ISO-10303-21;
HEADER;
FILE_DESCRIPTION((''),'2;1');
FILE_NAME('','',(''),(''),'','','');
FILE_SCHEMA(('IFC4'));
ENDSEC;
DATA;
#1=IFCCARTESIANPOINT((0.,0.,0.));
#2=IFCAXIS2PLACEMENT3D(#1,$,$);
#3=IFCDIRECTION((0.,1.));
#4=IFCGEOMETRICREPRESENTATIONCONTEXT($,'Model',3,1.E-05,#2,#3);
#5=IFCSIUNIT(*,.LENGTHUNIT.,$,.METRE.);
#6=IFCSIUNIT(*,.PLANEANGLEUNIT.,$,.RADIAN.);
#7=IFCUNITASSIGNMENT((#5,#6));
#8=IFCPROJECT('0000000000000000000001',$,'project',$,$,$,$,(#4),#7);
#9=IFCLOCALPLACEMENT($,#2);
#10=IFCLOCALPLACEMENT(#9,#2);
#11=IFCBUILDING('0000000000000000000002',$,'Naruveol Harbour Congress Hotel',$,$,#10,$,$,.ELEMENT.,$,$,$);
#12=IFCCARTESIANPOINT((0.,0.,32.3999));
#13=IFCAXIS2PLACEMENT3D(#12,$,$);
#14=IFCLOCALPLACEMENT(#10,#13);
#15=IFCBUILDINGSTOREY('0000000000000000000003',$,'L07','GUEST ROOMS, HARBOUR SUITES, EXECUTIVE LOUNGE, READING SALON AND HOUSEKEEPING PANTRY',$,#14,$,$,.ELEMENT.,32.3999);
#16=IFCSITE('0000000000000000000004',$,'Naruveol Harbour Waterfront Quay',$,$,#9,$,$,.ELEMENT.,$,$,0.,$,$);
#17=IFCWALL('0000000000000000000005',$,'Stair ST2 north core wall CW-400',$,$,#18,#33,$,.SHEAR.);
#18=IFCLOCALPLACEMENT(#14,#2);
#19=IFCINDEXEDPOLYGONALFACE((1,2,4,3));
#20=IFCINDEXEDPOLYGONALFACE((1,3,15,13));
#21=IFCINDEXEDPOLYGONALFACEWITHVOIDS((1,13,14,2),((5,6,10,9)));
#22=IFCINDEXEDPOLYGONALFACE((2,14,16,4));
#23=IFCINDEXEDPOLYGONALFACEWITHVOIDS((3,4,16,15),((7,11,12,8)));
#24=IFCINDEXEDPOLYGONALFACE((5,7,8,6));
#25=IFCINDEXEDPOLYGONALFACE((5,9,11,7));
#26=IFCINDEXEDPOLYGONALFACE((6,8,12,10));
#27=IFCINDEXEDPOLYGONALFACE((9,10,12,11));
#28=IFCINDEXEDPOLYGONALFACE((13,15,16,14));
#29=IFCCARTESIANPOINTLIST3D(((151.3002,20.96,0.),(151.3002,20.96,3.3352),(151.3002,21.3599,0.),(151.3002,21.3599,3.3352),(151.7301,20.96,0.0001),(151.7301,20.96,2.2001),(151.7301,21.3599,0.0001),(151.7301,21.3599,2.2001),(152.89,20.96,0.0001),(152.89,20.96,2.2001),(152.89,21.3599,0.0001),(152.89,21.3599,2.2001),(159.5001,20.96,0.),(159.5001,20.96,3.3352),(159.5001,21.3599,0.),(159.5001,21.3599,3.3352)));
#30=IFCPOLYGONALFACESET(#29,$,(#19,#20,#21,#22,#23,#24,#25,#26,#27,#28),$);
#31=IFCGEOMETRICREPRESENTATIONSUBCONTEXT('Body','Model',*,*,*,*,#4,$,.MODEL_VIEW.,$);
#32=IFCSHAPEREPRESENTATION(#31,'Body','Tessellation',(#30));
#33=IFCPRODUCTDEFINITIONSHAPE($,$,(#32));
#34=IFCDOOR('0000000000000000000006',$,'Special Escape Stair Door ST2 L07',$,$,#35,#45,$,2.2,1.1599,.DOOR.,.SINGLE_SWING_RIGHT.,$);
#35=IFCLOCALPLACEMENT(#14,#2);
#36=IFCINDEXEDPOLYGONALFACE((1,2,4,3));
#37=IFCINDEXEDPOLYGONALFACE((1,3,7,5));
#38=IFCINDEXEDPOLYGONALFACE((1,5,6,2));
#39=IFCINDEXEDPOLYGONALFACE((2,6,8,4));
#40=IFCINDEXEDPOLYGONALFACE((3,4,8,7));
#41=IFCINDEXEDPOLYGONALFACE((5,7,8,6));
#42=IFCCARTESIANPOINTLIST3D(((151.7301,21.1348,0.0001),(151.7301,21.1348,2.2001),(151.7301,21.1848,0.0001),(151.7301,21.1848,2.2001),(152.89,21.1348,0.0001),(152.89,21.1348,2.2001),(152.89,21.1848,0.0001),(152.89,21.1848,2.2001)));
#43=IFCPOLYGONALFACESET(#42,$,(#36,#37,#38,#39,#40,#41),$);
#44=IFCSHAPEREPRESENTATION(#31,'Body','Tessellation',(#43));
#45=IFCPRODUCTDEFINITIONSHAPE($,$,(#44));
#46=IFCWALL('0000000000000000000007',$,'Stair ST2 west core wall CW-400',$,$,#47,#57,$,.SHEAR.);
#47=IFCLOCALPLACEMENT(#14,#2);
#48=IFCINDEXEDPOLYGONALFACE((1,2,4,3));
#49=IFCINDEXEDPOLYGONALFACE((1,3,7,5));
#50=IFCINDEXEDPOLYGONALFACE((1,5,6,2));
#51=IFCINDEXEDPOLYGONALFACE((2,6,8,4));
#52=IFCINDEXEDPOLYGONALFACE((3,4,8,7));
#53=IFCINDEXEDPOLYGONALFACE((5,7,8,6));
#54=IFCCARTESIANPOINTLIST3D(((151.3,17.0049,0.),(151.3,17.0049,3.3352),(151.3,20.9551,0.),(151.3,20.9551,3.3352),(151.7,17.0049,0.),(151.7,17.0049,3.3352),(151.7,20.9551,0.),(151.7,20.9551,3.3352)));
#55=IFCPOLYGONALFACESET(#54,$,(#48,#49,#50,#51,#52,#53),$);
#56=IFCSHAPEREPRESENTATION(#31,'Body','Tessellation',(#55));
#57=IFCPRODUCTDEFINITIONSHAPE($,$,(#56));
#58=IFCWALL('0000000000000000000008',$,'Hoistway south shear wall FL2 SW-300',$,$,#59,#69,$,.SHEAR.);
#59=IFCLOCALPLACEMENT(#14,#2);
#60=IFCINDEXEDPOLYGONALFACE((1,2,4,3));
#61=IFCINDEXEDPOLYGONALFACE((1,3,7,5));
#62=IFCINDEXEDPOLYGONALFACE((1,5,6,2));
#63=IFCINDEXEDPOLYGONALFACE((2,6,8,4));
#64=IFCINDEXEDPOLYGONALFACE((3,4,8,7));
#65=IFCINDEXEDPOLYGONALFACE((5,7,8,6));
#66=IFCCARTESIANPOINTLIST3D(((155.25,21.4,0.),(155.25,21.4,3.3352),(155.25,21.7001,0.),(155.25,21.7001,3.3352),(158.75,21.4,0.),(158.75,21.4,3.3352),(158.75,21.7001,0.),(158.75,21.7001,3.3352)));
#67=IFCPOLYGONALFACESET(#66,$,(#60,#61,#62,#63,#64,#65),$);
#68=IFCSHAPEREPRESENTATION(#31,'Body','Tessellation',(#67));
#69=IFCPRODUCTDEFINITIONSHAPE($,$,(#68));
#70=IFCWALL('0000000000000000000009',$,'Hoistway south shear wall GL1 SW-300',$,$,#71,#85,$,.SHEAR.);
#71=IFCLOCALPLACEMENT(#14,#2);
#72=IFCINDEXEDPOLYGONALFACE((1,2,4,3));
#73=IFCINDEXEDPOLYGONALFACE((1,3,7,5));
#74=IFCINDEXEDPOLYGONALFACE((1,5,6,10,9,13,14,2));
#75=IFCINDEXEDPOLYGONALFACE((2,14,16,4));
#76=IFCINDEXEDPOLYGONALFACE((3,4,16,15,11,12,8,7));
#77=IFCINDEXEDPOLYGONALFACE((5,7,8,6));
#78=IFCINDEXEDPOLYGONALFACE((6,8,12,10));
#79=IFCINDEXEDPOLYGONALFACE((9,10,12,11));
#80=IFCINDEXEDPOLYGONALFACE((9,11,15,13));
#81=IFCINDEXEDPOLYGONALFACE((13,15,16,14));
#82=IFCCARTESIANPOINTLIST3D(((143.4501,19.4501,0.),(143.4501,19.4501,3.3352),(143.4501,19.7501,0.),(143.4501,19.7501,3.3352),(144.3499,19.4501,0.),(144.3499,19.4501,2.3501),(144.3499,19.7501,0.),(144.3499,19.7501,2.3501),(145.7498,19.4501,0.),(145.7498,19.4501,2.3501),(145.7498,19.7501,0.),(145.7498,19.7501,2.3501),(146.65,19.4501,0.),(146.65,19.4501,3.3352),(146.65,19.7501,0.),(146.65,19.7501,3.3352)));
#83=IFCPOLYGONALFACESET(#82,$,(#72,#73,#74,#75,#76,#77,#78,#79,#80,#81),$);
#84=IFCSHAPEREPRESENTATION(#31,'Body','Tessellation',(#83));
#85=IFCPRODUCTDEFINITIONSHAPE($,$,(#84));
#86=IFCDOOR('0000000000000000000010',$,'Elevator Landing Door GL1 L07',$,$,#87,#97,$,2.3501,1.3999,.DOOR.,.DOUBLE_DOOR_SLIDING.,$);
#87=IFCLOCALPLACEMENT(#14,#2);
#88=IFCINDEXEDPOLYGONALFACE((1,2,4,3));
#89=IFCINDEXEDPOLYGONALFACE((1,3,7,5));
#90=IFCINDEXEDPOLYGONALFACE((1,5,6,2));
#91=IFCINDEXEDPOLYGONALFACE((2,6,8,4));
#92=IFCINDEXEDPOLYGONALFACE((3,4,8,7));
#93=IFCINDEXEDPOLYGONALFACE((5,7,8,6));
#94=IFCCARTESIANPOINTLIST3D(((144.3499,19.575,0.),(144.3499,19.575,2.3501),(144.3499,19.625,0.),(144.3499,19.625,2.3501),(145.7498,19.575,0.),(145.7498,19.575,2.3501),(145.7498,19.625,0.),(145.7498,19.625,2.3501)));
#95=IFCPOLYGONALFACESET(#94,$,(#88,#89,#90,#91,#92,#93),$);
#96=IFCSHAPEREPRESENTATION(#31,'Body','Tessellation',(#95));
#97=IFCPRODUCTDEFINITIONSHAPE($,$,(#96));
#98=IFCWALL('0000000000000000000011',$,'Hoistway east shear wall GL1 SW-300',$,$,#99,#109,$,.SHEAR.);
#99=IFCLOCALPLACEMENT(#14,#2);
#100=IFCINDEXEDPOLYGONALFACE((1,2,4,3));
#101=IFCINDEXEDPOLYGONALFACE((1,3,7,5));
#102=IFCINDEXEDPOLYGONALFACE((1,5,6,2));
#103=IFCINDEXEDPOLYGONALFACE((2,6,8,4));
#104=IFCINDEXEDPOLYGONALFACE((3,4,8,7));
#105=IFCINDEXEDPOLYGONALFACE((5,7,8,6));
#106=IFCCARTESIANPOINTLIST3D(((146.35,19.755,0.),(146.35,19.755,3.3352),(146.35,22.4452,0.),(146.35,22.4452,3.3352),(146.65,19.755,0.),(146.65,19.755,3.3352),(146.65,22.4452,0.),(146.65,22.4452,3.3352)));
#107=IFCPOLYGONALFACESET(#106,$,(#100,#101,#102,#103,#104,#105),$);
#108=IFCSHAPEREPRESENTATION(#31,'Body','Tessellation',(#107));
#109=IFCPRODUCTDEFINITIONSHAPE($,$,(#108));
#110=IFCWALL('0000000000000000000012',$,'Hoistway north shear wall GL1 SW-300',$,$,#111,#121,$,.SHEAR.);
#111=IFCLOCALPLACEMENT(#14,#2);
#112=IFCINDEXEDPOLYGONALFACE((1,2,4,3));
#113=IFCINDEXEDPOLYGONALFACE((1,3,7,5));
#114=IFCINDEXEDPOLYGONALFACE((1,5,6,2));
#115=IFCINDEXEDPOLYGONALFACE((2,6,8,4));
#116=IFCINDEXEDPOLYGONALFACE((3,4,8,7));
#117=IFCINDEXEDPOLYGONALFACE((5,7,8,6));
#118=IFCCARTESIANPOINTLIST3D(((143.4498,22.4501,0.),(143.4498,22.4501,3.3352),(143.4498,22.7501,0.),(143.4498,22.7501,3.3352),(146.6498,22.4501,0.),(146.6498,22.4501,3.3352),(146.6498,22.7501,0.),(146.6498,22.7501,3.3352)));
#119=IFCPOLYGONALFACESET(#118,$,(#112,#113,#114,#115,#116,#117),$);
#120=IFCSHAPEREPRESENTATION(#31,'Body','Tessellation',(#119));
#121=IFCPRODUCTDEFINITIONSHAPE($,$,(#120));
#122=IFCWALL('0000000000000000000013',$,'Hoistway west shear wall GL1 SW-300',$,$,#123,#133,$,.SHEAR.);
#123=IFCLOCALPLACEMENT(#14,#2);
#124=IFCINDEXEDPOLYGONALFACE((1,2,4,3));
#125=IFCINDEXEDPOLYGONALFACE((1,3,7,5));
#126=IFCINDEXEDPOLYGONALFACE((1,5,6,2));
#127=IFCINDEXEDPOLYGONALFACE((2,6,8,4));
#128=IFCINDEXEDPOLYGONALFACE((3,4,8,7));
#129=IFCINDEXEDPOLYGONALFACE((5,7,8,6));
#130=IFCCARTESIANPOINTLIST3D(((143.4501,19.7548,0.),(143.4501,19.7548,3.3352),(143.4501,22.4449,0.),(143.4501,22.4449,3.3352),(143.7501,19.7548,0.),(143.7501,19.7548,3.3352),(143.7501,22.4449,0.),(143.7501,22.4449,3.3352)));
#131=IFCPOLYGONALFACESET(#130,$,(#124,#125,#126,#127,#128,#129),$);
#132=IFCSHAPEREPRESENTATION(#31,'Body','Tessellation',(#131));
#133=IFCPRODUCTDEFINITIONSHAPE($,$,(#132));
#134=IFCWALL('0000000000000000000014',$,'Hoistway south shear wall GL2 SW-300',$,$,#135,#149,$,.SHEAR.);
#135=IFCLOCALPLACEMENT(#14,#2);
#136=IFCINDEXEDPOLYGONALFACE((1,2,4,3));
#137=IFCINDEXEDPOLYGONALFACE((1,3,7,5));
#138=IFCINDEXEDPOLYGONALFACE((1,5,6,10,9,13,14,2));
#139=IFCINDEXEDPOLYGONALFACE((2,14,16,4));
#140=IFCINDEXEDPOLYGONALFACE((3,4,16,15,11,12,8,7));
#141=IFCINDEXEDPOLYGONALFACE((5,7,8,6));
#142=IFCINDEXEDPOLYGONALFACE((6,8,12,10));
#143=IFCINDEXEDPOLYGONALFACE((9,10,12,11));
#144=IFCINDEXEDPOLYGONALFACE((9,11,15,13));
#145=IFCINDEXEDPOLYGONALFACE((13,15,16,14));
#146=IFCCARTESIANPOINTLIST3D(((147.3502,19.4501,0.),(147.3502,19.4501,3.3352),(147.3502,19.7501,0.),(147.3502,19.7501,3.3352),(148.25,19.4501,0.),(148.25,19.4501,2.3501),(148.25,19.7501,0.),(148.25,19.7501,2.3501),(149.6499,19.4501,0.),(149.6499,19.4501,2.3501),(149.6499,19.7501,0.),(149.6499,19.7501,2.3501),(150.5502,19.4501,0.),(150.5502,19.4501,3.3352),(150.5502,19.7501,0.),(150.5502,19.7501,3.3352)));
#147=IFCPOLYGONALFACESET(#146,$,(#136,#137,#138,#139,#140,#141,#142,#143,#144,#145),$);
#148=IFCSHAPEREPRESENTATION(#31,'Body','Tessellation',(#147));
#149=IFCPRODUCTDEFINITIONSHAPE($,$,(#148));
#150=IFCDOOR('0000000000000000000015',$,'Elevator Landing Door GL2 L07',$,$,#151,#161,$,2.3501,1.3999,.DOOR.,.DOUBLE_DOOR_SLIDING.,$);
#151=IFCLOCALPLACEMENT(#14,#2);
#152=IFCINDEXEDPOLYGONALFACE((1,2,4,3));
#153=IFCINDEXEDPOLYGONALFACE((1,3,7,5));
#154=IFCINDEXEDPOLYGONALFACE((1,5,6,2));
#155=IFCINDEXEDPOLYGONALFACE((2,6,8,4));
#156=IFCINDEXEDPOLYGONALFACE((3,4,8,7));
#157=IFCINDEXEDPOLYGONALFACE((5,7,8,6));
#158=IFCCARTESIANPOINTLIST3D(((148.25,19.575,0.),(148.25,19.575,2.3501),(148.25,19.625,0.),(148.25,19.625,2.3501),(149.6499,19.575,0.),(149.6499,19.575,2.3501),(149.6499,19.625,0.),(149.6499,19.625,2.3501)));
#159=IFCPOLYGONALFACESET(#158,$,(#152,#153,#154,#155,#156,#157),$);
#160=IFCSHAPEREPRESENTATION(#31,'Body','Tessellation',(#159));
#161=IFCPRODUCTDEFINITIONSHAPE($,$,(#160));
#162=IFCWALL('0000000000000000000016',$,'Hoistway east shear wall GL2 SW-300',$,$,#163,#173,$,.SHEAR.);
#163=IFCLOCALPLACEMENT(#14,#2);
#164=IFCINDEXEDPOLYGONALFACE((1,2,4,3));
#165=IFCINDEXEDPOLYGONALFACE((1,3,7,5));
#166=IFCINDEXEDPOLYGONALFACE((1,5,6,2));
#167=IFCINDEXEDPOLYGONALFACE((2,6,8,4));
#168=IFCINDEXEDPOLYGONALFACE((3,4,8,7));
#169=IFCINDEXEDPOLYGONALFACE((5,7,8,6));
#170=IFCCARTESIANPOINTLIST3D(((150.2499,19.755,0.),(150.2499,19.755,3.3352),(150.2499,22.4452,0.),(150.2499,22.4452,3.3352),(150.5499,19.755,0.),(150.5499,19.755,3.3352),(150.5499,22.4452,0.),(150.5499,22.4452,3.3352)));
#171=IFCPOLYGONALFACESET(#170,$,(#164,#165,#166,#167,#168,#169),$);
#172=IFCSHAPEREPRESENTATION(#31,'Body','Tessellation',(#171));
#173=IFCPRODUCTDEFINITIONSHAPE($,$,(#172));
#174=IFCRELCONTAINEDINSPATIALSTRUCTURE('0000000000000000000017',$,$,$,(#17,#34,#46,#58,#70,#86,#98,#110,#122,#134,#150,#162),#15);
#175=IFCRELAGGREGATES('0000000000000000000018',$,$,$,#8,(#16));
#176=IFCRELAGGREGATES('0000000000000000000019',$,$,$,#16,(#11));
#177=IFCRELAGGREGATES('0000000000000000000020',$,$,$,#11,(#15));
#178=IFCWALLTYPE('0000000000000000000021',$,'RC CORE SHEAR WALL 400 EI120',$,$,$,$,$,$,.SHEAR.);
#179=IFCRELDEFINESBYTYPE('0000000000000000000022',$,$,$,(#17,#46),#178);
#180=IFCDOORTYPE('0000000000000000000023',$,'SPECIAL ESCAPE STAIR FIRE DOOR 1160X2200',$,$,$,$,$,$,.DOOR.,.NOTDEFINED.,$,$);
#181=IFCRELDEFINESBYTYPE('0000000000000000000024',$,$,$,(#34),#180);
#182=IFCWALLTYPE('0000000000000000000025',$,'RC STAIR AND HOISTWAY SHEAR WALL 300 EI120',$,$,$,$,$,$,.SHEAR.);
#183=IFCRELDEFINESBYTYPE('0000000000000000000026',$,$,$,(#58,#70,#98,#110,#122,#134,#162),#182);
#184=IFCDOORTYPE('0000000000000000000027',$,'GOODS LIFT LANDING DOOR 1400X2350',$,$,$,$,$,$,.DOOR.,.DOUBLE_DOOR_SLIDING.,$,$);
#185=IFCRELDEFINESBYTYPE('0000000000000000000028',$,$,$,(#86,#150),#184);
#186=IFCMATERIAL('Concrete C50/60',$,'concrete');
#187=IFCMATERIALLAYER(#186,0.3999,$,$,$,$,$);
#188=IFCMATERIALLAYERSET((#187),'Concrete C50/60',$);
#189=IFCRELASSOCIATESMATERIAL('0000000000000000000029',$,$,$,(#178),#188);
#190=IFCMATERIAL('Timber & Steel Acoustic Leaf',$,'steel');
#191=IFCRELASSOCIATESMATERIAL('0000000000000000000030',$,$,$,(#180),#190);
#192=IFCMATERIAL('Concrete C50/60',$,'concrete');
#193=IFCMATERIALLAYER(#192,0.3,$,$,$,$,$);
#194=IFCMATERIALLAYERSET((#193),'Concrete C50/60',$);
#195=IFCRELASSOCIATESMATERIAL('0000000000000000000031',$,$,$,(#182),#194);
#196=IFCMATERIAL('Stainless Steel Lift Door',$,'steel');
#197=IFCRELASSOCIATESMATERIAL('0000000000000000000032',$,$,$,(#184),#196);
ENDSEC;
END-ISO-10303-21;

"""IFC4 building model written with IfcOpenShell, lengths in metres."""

from ifc_helpers import new_model, si_unit, direction, frame, frame_2d, origin, place, context, subcontext, project, spatial, rectangle, extrude, material, layer, layer_set, type_object, element, fill, save


model = new_model("IFC4")

# Units and contexts
model_context = context("Model", 3, precision=1e-05, world=origin(), true_north=direction((0.0, 1.0)))
body_context = subcontext(model_context, "Body", "Model", "MODEL_VIEW")
ifc_project = project(units=[si_unit("LENGTHUNIT", "METRE"), si_unit("PLANEANGLEUNIT", "RADIAN")], contexts=[model_context])

# Site, building, storey
site_placement = place(None, origin())
site = spatial("IfcSite", under=ifc_project, at=site_placement, Name="Naruveol Harbour Waterfront Quay", CompositionType="ELEMENT", RefElevation=0.0)
building_placement = place(site_placement, origin())
building = spatial("IfcBuilding", under=site, at=building_placement, Name="Naruveol Harbour Congress Hotel", CompositionType="ELEMENT")
storey_placement = place(building_placement, frame((0.0, 0.0, 32.3999)))
storey = spatial("IfcBuildingStorey", under=building, at=storey_placement, Name="L07", Description="GUEST ROOMS, HARBOUR SUITES, EXECUTIVE LOUNGE, READING SALON AND HOUSEKEEPING PANTRY", CompositionType="ELEMENT", Elevation=32.3999)

# Shared definitions
ifc_material_1 = material(Name="Concrete C50/60", Category="concrete")
ifc_layer_1 = layer(ifc_material_1, 0.3999)
ifc_layer_set_1 = layer_set([ifc_layer_1], Name="Concrete C50/60")
wall_type_1 = type_object("IfcWallType", Name="RC CORE SHEAR WALL 400 EI120", PredefinedType="SHEAR", material=ifc_layer_set_1)

# Wall, opening, door
wall_1_placement = place(storey_placement, frame((151.3, 21.1599, 0.0), z_axis=(0.0, 0.0, 1.0), x_axis=(1.0, 0.0, 0.0)))
wall_1 = element("IfcWall", 1, at=wall_1_placement, inside=storey, type_object=wall_type_1, Name="Stair ST2 north core wall CW-400", PredefinedType="SHEAR", context=body_context, shape_type="SweptSolid", body=[
    extrude(rectangle(XDim=8.2, YDim=0.3999, at=frame_2d((4.1001, 0.0))), origin(), (0.0, 0.0, 1.0), 3.3352),
])
opening_1_placement = place(wall_1_placement, frame((0.4299, 0.0, 0.0)))
opening_1 = element("IfcOpeningElement", 2, at=opening_1_placement, cuts=wall_1, PredefinedType="OPENING", context=body_context, shape_type="SweptSolid", body=[
    extrude(rectangle(XDim=1.1599, YDim=2.2, at=frame_2d((0.5801, 1.1001))), frame((0.0, 0.21, 0.0), z_axis=(0.0, -1.0, 0.0), x_axis=(1.0, 0.0, 0.0)), (0.0, 0.0, 1.0), 0.4199),
])
ifc_material_2 = material(Name="Timber & Steel Acoustic Leaf", Category="steel")
door_type_1 = type_object("IfcDoorType", Name="SPECIAL ESCAPE STAIR FIRE DOOR 1160X2200", OperationType="NOTDEFINED", PredefinedType="DOOR", material=ifc_material_2)
door_1_placement = place(opening_1_placement, origin())
door_1 = element("IfcDoor", 3, at=door_1_placement, inside=storey, type_object=door_type_1, Name="Special Escape Stair Door ST2 L07", OperationType="SINGLE_SWING_RIGHT", OverallHeight=2.2, OverallWidth=1.1599, PredefinedType="DOOR", context=body_context, shape_type="SweptSolid", body=[
    extrude(rectangle(XDim=1.1599, YDim=2.2, at=frame_2d((0.5801, 1.1001))), frame((0.0, 0.0249, 0.0), z_axis=(0.0, -1.0, 0.0), x_axis=(1.0, 0.0, 0.0)), (0.0, 0.0, 1.0), 0.05),
])
fill(opening_1, door_1)

# Walls
wall_2_placement = place(storey_placement, frame((151.5, 17.0049, 0.0), z_axis=(0.0, 0.0, 1.0), x_axis=(0.0, 1.0, 0.0)))
element("IfcWall", 4, at=wall_2_placement, inside=storey, type_object=wall_type_1, Name="Stair ST2 west core wall CW-400", PredefinedType="SHEAR", context=body_context, shape_type="SweptSolid", body=[
    extrude(rectangle(XDim=3.9502, YDim=0.3999, at=frame_2d((1.9751, 0.0))), origin(), (0.0, 0.0, 1.0), 3.3352),
])
ifc_material_3 = material(Name="Concrete C50/60", Category="concrete")
ifc_layer_2 = layer(ifc_material_3, 0.3)
ifc_layer_set_2 = layer_set([ifc_layer_2], Name="Concrete C50/60")
wall_type_2 = type_object("IfcWallType", Name="RC STAIR AND HOISTWAY SHEAR WALL 300 EI120", PredefinedType="SHEAR", material=ifc_layer_set_2)
wall_3_placement = place(storey_placement, frame((155.25, 21.55, 0.0), z_axis=(0.0, 0.0, 1.0), x_axis=(1.0, 0.0, 0.0)))
element("IfcWall", 5, at=wall_3_placement, inside=storey, type_object=wall_type_2, Name="Hoistway south shear wall FL2 SW-300", PredefinedType="SHEAR", context=body_context, shape_type="SweptSolid", body=[
    extrude(rectangle(XDim=3.5, YDim=0.3, at=frame_2d((1.75, 0.0))), origin(), (0.0, 0.0, 1.0), 3.3352),
])

# Wall, opening, door
wall_4_placement = place(storey_placement, frame((143.45, 19.6001, 0.0), z_axis=(0.0, 0.0, 1.0), x_axis=(1.0, 0.0, 0.0)))
wall_4 = element("IfcWall", 6, at=wall_4_placement, inside=storey, type_object=wall_type_2, Name="Hoistway south shear wall GL1 SW-300", PredefinedType="SHEAR", context=body_context, shape_type="SweptSolid", body=[
    extrude(rectangle(XDim=3.2, YDim=0.3, at=frame_2d((1.6001, 0.0))), origin(), (0.0, 0.0, 1.0), 3.3352),
])
opening_2_placement = place(wall_4_placement, frame((0.8999, 0.0, 0.0)))
opening_2 = element("IfcOpeningElement", 7, at=opening_2_placement, cuts=wall_4, PredefinedType="OPENING", context=body_context, shape_type="SweptSolid", body=[
    extrude(rectangle(XDim=1.3999, YDim=2.3501, at=frame_2d((0.7, 1.175))), frame((0.0, 0.1599, 0.0), z_axis=(0.0, -1.0, 0.0), x_axis=(1.0, 0.0, 0.0)), (0.0, 0.0, 1.0), 0.3201),
])
ifc_material_4 = material(Name="Stainless Steel Lift Door", Category="steel")
door_type_2 = type_object("IfcDoorType", Name="GOODS LIFT LANDING DOOR 1400X2350", OperationType="DOUBLE_DOOR_SLIDING", PredefinedType="DOOR", material=ifc_material_4)
door_2_placement = place(opening_2_placement, origin())
door_2 = element("IfcDoor", 8, at=door_2_placement, inside=storey, type_object=door_type_2, Name="Elevator Landing Door GL1 L07", OperationType="DOUBLE_DOOR_SLIDING", OverallHeight=2.3501, OverallWidth=1.3999, PredefinedType="DOOR", context=body_context, shape_type="SweptSolid", body=[
    extrude(rectangle(XDim=1.3999, YDim=2.3501, at=frame_2d((0.7, 1.175))), frame((0.0, 0.0249, 0.0), z_axis=(0.0, -1.0, 0.0), x_axis=(1.0, 0.0, 0.0)), (0.0, 0.0, 1.0), 0.05),
])
fill(opening_2, door_2)

# Walls
wall_5_placement = place(storey_placement, frame((146.5, 19.7549, 0.0), z_axis=(0.0, 0.0, 1.0), x_axis=(0.0, 1.0, 0.0)))
element("IfcWall", 9, at=wall_5_placement, inside=storey, type_object=wall_type_2, Name="Hoistway east shear wall GL1 SW-300", PredefinedType="SHEAR", context=body_context, shape_type="SweptSolid", body=[
    extrude(rectangle(XDim=2.6902, YDim=0.3, at=frame_2d((1.3452, 0.0))), origin(), (0.0, 0.0, 1.0), 3.3352),
])
wall_6_placement = place(storey_placement, frame((146.6499, 22.6001, 0.0), z_axis=(0.0, 0.0, 1.0), x_axis=(-1.0, 0.0, 0.0)))
element("IfcWall", 10, at=wall_6_placement, inside=storey, type_object=wall_type_2, Name="Hoistway north shear wall GL1 SW-300", PredefinedType="SHEAR", context=body_context, shape_type="SweptSolid", body=[
    extrude(rectangle(XDim=3.2, YDim=0.3, at=frame_2d((1.6001, 0.0))), origin(), (0.0, 0.0, 1.0), 3.3352),
])
wall_7_placement = place(storey_placement, frame((143.6001, 22.4451, 0.0), z_axis=(0.0, 0.0, 1.0), x_axis=(0.0, -1.0, 0.0)))
element("IfcWall", 11, at=wall_7_placement, inside=storey, type_object=wall_type_2, Name="Hoistway west shear wall GL1 SW-300", PredefinedType="SHEAR", context=body_context, shape_type="SweptSolid", body=[
    extrude(rectangle(XDim=2.6902, YDim=0.3, at=frame_2d((1.3452, 0.0))), origin(), (0.0, 0.0, 1.0), 3.3352),
])

# Wall, opening, door
wall_8_placement = place(storey_placement, frame((147.3501, 19.6001, 0.0), z_axis=(0.0, 0.0, 1.0), x_axis=(1.0, 0.0, 0.0)))
wall_8 = element("IfcWall", 12, at=wall_8_placement, inside=storey, type_object=wall_type_2, Name="Hoistway south shear wall GL2 SW-300", PredefinedType="SHEAR", context=body_context, shape_type="SweptSolid", body=[
    extrude(rectangle(XDim=3.2, YDim=0.3, at=frame_2d((1.6001, 0.0))), origin(), (0.0, 0.0, 1.0), 3.3352),
])
opening_3_placement = place(wall_8_placement, frame((0.8999, 0.0, 0.0)))
opening_3 = element("IfcOpeningElement", 13, at=opening_3_placement, cuts=wall_8, PredefinedType="OPENING", context=body_context, shape_type="SweptSolid", body=[
    extrude(rectangle(XDim=1.3999, YDim=2.3501, at=frame_2d((0.7, 1.175))), frame((0.0, 0.1599, 0.0), z_axis=(0.0, -1.0, 0.0), x_axis=(1.0, 0.0, 0.0)), (0.0, 0.0, 1.0), 0.3201),
])
door_3_placement = place(opening_3_placement, origin())
door_3 = element("IfcDoor", 14, at=door_3_placement, inside=storey, type_object=door_type_2, Name="Elevator Landing Door GL2 L07", OperationType="DOUBLE_DOOR_SLIDING", OverallHeight=2.3501, OverallWidth=1.3999, PredefinedType="DOOR", context=body_context, shape_type="SweptSolid", body=[
    extrude(rectangle(XDim=1.3999, YDim=2.3501, at=frame_2d((0.7, 1.175))), frame((0.0, 0.0249, 0.0), z_axis=(0.0, -1.0, 0.0), x_axis=(1.0, 0.0, 0.0)), (0.0, 0.0, 1.0), 0.05),
])
fill(opening_3, door_3)

# Wall
wall_9_placement = place(storey_placement, frame((150.3999, 19.7549, 0.0), z_axis=(0.0, 0.0, 1.0), x_axis=(0.0, 1.0, 0.0)))
element("IfcWall", 15, at=wall_9_placement, inside=storey, type_object=wall_type_2, Name="Hoistway east shear wall GL2 SW-300", PredefinedType="SHEAR", context=body_context, shape_type="SweptSolid", body=[
    extrude(rectangle(XDim=2.6902, YDim=0.3, at=frame_2d((1.3452, 0.0))), origin(), (0.0, 0.0, 1.0), 3.3352),
])

save(model, "model.ifc")
